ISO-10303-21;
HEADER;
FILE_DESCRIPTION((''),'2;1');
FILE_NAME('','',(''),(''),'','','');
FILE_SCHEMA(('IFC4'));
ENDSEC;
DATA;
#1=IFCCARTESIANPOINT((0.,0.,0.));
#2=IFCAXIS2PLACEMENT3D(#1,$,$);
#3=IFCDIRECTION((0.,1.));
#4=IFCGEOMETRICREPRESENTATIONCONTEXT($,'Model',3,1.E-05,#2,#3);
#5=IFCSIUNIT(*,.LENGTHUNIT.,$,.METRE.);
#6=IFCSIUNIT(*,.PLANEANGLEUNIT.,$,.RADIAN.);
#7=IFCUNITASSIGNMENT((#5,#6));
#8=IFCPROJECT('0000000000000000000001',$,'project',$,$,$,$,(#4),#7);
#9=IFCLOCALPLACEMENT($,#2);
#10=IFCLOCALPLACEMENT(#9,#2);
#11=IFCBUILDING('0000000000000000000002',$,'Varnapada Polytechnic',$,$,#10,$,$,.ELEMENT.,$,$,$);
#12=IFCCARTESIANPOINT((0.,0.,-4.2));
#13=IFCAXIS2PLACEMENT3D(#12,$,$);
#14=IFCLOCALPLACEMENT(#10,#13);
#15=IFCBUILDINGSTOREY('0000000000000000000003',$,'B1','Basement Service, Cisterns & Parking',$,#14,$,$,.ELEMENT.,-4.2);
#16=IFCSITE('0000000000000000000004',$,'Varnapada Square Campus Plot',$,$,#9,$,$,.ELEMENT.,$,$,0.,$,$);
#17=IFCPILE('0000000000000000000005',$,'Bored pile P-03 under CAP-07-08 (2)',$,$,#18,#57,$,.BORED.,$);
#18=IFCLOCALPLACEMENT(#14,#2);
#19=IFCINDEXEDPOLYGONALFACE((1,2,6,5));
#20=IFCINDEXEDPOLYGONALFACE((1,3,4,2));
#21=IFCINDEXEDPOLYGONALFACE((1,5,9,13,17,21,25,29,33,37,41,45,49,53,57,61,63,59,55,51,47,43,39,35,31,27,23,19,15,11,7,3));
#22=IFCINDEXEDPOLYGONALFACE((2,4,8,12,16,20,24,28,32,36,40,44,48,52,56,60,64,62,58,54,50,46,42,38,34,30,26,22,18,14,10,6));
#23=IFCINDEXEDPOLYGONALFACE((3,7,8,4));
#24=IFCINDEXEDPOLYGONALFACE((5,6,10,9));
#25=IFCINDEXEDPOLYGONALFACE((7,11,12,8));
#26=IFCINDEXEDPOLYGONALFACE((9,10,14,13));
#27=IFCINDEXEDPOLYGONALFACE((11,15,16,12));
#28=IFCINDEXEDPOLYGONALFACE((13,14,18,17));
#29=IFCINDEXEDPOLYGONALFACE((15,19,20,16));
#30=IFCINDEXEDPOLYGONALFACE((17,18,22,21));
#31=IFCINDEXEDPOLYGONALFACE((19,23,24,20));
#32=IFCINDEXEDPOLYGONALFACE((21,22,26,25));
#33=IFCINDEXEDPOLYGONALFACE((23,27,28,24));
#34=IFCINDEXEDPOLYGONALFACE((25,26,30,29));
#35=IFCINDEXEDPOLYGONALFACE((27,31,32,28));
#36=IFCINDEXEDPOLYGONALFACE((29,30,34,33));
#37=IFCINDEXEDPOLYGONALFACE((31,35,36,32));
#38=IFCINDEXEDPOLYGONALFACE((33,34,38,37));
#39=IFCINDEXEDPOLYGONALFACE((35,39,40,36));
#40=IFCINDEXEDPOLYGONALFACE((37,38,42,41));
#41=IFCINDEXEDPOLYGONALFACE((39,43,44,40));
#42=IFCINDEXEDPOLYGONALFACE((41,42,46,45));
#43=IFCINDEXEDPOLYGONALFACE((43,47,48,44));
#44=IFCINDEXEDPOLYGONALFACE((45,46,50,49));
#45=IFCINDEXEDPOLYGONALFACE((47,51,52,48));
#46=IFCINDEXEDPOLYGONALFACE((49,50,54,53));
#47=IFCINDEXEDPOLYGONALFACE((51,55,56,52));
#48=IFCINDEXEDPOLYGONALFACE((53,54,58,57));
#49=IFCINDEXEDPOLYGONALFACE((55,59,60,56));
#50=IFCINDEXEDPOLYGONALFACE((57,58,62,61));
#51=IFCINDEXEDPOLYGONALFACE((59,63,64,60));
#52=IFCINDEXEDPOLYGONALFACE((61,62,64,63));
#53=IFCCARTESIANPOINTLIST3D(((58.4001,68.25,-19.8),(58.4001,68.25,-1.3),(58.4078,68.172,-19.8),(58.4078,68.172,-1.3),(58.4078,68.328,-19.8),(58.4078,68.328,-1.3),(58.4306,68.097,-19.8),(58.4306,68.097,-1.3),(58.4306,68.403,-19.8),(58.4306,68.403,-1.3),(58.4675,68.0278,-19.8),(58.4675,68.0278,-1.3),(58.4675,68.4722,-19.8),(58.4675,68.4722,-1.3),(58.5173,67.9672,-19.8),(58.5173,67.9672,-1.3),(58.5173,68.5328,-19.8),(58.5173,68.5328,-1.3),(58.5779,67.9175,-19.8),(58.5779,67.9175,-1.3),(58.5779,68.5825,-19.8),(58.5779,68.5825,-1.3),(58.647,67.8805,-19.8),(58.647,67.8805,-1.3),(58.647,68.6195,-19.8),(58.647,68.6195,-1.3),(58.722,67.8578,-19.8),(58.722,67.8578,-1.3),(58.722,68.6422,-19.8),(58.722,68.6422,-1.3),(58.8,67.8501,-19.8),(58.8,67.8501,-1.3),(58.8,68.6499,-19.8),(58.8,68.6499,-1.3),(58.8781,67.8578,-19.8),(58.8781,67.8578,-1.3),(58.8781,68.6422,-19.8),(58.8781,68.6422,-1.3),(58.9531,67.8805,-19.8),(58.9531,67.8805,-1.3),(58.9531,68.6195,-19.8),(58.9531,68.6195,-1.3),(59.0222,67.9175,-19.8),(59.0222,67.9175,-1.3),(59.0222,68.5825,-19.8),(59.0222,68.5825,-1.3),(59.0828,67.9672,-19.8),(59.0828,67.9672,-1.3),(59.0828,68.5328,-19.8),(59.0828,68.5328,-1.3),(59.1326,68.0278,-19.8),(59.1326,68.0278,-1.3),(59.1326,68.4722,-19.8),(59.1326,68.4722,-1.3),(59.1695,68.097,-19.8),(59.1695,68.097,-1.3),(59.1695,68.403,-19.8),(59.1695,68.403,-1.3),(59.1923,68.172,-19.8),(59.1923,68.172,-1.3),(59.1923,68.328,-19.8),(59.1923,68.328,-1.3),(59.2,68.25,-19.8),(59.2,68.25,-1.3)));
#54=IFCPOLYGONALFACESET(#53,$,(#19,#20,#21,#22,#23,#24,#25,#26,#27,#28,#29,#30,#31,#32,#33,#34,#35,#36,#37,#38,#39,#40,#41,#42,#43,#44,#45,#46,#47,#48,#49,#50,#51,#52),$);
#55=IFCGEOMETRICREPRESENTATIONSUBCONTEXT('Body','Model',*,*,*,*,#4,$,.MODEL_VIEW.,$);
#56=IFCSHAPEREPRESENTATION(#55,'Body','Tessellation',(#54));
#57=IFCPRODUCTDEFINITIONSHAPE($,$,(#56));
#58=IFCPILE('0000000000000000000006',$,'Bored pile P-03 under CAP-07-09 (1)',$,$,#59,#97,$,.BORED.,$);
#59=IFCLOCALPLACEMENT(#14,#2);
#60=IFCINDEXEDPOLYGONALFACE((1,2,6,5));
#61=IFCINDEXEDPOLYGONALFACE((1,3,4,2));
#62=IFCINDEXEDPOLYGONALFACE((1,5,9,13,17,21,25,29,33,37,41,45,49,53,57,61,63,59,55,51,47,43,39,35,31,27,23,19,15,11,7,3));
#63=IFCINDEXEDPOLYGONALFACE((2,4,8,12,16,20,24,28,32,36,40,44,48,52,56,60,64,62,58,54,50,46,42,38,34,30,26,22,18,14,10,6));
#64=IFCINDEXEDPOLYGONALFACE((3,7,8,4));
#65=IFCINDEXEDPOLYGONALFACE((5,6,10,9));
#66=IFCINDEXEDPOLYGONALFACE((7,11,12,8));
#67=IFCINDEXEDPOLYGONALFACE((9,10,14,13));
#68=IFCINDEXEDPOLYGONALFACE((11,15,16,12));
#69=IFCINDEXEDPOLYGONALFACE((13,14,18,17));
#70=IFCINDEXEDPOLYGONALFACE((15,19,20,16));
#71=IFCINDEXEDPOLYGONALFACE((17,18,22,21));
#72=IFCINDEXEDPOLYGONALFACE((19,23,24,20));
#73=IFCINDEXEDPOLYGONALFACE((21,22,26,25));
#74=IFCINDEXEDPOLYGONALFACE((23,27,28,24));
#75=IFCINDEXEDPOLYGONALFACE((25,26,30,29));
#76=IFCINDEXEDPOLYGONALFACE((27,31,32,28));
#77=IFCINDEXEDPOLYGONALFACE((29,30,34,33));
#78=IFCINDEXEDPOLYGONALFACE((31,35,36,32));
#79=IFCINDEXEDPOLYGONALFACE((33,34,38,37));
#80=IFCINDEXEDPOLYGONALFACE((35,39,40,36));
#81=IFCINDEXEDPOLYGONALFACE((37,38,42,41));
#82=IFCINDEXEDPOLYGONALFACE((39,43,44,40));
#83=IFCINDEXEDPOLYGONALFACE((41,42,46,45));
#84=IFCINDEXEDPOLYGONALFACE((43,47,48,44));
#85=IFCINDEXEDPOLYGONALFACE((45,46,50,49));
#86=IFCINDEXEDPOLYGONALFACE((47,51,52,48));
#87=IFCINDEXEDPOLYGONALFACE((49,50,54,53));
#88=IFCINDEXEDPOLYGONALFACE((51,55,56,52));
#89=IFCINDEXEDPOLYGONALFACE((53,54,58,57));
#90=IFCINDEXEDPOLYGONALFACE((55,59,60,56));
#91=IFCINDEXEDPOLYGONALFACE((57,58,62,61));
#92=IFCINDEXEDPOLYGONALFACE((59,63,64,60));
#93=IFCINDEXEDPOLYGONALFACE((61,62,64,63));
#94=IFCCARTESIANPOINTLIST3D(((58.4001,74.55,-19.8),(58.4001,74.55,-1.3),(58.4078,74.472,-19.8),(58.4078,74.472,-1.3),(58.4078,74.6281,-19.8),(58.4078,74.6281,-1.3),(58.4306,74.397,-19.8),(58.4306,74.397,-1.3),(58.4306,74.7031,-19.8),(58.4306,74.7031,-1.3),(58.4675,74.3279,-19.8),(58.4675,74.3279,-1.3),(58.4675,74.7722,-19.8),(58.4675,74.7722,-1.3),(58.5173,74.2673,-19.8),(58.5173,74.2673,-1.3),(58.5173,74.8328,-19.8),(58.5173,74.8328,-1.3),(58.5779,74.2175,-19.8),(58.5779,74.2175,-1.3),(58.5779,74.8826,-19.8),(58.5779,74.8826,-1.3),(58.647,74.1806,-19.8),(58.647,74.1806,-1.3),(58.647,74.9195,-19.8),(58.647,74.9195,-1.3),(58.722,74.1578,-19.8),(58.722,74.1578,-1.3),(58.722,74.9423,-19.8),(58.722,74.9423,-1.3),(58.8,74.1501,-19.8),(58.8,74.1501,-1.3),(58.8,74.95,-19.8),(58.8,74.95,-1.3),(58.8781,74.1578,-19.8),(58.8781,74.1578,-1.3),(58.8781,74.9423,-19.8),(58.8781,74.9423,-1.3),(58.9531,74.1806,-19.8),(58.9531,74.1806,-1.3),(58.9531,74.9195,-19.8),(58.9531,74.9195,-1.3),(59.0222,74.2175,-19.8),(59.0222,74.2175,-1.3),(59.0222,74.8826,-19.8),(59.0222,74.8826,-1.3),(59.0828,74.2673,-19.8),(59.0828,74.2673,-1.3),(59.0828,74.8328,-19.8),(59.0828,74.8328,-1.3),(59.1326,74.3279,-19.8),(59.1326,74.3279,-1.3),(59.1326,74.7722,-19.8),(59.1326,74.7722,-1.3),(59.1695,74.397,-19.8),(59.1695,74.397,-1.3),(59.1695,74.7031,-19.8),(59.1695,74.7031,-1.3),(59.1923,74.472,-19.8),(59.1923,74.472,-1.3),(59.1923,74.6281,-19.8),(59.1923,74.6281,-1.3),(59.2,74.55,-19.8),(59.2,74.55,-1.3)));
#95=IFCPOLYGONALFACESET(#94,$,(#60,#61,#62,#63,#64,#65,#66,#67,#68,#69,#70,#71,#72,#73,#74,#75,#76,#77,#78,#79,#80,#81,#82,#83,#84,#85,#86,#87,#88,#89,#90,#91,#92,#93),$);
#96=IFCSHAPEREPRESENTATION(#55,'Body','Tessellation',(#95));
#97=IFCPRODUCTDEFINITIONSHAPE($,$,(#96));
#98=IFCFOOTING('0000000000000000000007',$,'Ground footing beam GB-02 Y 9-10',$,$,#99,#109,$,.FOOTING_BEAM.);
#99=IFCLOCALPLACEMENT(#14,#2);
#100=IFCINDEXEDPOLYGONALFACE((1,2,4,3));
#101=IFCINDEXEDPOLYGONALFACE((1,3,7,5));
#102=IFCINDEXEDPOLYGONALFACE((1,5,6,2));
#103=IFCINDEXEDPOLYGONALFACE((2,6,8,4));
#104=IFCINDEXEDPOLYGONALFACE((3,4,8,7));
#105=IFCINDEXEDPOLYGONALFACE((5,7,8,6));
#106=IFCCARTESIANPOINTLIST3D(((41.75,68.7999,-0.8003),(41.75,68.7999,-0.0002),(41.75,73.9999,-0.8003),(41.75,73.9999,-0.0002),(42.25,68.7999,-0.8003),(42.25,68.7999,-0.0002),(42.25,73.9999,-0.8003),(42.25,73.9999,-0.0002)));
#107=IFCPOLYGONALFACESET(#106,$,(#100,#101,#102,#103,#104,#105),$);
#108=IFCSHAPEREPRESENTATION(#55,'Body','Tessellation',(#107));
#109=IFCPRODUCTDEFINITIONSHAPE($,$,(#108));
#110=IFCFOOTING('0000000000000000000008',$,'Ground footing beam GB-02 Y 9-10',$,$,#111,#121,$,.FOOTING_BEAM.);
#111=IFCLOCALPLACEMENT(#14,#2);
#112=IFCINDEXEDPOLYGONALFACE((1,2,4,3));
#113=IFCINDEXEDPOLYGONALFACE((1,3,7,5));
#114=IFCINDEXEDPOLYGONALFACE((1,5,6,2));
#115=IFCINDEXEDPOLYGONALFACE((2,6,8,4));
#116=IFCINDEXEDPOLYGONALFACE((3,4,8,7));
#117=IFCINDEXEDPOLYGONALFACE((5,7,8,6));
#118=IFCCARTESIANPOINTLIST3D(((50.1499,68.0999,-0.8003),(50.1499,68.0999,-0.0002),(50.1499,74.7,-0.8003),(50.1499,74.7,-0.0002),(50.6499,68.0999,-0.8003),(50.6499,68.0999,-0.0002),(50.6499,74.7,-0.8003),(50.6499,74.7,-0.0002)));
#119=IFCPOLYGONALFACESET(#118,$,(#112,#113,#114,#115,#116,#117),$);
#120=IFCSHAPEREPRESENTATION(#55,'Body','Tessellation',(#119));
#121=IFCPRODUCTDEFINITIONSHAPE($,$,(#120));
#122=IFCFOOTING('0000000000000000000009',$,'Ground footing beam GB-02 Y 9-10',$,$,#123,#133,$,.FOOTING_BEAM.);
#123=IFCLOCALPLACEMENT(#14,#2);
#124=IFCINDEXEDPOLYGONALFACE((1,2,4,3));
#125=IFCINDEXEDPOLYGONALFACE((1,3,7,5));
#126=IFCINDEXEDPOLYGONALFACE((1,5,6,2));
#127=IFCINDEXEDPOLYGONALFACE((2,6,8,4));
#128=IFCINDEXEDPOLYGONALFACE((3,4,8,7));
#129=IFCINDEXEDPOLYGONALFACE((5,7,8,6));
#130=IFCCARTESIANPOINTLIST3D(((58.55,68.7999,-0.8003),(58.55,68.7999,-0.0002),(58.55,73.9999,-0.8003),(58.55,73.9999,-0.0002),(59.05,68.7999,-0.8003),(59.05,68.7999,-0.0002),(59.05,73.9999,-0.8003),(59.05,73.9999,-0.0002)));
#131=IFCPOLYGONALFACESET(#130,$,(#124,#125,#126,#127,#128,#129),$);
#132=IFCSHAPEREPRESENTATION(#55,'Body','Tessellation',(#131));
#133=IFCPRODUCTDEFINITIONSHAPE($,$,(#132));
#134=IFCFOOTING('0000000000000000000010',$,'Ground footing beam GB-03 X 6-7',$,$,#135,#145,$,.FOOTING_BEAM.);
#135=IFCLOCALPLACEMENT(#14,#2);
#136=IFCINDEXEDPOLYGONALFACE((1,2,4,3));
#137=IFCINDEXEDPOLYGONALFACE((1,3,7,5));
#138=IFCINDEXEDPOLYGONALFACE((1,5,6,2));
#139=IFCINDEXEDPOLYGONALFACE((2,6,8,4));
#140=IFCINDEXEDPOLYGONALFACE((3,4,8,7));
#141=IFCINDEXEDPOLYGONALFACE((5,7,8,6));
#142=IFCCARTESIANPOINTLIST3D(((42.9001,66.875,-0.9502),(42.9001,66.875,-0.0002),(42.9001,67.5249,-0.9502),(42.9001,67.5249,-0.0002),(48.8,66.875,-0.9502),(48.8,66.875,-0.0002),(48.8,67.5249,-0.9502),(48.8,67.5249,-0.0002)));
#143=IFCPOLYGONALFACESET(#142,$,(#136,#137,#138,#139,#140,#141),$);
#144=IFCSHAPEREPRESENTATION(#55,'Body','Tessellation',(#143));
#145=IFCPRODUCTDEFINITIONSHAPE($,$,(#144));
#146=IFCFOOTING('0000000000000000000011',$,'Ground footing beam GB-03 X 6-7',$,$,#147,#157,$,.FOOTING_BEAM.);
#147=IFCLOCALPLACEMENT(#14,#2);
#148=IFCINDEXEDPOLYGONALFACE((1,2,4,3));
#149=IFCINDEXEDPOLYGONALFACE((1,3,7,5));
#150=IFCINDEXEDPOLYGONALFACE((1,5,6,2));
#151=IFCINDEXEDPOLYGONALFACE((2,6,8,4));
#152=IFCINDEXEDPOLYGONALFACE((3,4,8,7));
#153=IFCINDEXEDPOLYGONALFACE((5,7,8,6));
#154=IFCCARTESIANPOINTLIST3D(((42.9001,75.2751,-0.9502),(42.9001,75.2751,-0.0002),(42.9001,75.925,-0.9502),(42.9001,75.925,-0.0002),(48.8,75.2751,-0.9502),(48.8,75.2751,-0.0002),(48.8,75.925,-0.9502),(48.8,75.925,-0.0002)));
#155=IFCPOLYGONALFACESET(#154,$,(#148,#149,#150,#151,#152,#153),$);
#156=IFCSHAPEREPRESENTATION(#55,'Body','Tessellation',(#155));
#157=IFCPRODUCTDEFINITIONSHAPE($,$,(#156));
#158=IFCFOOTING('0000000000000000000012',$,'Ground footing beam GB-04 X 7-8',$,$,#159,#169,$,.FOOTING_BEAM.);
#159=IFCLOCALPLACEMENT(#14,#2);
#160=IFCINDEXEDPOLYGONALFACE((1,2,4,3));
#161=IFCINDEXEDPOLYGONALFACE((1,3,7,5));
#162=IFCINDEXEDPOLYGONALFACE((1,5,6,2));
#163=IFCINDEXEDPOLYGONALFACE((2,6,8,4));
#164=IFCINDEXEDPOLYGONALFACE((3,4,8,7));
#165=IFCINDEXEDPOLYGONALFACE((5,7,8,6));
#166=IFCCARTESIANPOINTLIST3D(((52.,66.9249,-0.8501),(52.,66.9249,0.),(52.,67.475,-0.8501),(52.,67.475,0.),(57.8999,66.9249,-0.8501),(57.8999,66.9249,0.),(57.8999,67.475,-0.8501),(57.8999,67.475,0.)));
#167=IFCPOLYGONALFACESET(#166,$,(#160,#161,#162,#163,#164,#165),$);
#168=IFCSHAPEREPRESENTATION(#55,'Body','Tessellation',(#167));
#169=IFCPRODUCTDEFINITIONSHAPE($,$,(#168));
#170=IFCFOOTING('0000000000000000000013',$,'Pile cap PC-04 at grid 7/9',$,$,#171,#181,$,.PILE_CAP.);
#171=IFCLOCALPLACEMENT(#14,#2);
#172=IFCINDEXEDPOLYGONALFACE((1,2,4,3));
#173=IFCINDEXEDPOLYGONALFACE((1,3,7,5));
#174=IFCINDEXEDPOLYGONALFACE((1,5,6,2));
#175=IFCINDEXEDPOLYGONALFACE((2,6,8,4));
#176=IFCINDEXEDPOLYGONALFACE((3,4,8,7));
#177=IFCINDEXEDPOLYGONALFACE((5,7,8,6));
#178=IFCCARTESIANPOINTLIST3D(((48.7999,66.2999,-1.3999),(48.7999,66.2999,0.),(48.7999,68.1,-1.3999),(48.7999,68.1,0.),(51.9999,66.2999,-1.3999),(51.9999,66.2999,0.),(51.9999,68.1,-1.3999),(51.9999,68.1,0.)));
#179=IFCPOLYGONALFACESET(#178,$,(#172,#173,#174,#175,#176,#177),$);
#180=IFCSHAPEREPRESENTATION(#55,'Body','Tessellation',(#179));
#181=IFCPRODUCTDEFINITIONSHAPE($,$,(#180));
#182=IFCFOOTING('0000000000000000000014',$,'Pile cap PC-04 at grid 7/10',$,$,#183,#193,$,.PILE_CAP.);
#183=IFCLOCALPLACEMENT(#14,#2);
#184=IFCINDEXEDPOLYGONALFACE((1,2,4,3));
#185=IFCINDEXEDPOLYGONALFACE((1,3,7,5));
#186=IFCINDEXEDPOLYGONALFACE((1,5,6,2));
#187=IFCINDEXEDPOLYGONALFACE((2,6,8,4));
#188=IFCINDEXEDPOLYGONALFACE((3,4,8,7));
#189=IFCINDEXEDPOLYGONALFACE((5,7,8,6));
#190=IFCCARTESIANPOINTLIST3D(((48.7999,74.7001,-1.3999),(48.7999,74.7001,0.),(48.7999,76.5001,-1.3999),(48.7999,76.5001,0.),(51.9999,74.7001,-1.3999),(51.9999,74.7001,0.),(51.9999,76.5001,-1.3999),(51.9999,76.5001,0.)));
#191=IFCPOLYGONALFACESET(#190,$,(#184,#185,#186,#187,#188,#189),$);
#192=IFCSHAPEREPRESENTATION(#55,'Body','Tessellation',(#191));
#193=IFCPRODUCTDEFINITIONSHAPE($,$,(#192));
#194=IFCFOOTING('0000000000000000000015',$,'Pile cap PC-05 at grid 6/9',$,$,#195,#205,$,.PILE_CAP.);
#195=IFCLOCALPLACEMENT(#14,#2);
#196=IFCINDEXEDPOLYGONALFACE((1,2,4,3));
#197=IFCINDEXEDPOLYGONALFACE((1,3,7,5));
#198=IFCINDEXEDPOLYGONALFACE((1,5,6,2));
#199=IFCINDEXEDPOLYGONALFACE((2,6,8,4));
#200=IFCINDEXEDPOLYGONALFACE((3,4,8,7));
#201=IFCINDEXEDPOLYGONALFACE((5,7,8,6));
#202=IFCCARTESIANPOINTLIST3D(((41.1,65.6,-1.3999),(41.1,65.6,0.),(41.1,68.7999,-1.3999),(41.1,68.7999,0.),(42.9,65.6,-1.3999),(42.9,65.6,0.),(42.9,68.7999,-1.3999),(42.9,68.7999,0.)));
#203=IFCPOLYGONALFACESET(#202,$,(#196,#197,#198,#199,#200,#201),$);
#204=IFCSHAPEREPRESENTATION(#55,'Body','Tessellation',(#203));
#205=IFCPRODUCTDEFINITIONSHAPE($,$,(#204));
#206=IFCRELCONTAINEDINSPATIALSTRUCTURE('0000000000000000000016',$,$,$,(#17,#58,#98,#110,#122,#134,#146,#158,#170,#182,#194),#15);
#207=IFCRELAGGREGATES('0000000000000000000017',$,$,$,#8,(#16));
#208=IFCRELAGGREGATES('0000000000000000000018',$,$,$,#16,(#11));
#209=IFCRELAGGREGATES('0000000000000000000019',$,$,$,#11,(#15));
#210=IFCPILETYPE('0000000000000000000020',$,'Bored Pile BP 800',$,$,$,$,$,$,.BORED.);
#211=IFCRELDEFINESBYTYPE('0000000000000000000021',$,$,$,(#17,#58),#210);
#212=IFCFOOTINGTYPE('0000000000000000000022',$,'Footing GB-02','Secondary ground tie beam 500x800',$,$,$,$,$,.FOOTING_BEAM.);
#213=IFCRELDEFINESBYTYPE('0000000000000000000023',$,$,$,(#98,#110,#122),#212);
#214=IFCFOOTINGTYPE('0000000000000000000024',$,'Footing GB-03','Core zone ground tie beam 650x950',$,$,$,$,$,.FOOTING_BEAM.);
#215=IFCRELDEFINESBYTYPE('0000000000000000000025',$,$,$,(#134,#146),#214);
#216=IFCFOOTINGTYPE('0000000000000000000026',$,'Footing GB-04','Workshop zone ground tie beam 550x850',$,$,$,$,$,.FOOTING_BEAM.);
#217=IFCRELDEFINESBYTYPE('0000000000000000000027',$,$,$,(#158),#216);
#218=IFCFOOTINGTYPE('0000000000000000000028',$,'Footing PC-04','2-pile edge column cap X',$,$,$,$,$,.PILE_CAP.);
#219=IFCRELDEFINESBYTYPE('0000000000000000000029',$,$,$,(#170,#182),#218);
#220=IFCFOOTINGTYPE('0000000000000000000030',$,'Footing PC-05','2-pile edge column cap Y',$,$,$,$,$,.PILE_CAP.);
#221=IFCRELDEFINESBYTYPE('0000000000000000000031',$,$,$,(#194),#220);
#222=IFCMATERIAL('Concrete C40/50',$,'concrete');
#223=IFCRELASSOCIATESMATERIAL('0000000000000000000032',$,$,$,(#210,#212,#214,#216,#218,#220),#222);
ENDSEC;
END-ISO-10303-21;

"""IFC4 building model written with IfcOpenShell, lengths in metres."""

from ifc_helpers import new_model, si_unit, direction, frame, origin, origin_2d, place, context, subcontext, project, spatial, rectangle, circle, extrude, material, material_profile, profile_set, type_object, element, save


model = new_model("IFC4")

# Units and contexts
model_context = context("Model", 3, precision=1e-05, world=origin(), true_north=direction((0.0, 1.0)))
body_context = subcontext(model_context, "Body", "Model", "MODEL_VIEW")
ifc_project = project(units=[si_unit("LENGTHUNIT", "METRE"), si_unit("PLANEANGLEUNIT", "RADIAN")], contexts=[model_context])

# Site, building, storey
site_placement = place(None, origin())
site = spatial("IfcSite", under=ifc_project, at=site_placement, Name="Varnapada Square Campus Plot", CompositionType="ELEMENT", RefElevation=0.0)
building_placement = place(site_placement, origin())
building = spatial("IfcBuilding", under=site, at=building_placement, Name="Varnapada Polytechnic", CompositionType="ELEMENT")
storey_placement = place(building_placement, frame((0.0, 0.0, -4.2)))
storey = spatial("IfcBuildingStorey", under=building, at=storey_placement, Name="B1", Description="Basement Service, Cisterns & Parking", CompositionType="ELEMENT", Elevation=-4.2)

# Piles
ifc_material = material(Name="Concrete C40/50", Category="concrete")
ifc_material_profile_1 = material_profile(ifc_material, circle(Radius=0.3999, at=origin_2d()), Name="BP 800")
ifc_profile_set_1 = profile_set([ifc_material_profile_1], Name="Concrete C40/50")
pile_type = type_object("IfcPileType", Name="Bored Pile BP 800", PredefinedType="BORED", material=ifc_profile_set_1)
for number, where, z_axis, x_axis, name in (
    (1, (58.8, 68.25, -1.3), (0.0, 0.0, -1.0), (1.0, 0.0, 0.0), "Bored pile P-03 under CAP-07-08 (2)"),
    (2, (58.8, 74.55, -1.3), (0.0, 0.0, -1.0), (1.0, 0.0, 0.0), "Bored pile P-03 under CAP-07-09 (1)"),
):
    element("IfcPile", number, at=place(storey_placement, frame(where, z_axis=z_axis, x_axis=x_axis)), inside=storey, type_object=pile_type, Name=name, PredefinedType="BORED", context=body_context, shape_type="SweptSolid", body=[
        extrude(circle(Radius=0.3999, at=origin_2d()), origin(), (0.0, 0.0, 1.0), 18.5),
    ])

# Footings
footing_type_1 = type_object("IfcFootingType", Name="Footing GB-02", Description="Secondary ground tie beam 500x800", PredefinedType="FOOTING_BEAM", material=ifc_material)
footing_1_placement = place(storey_placement, frame((42.0, 71.3999, -0.8003), z_axis=(0.0, 0.0, 1.0), x_axis=(0.0, 1.0, 0.0)))
element("IfcFooting", 3, at=footing_1_placement, inside=storey, type_object=footing_type_1, Name="Ground footing beam GB-02 Y 9-10", PredefinedType="FOOTING_BEAM", context=body_context, shape_type="SweptSolid", body=[
    extrude(rectangle(XDim=5.2, YDim=0.5, at=origin_2d()), origin(), (0.0, 0.0, 1.0), 0.8),
])
footing_2_placement = place(storey_placement, frame((50.3999, 71.3999, -0.8003), z_axis=(0.0, 0.0, 1.0), x_axis=(0.0, 1.0, 0.0)))
element("IfcFooting", 4, at=footing_2_placement, inside=storey, type_object=footing_type_1, Name="Ground footing beam GB-02 Y 9-10", PredefinedType="FOOTING_BEAM", context=body_context, shape_type="SweptSolid", body=[
    extrude(rectangle(XDim=6.6001, YDim=0.5, at=origin_2d()), origin(), (0.0, 0.0, 1.0), 0.8),
])
footing_3_placement = place(storey_placement, frame((58.8, 71.3999, -0.8003), z_axis=(0.0, 0.0, 1.0), x_axis=(0.0, 1.0, 0.0)))
element("IfcFooting", 5, at=footing_3_placement, inside=storey, type_object=footing_type_1, Name="Ground footing beam GB-02 Y 9-10", PredefinedType="FOOTING_BEAM", context=body_context, shape_type="SweptSolid", body=[
    extrude(rectangle(XDim=5.2, YDim=0.5, at=origin_2d()), origin(), (0.0, 0.0, 1.0), 0.8),
])
footing_type_2 = type_object("IfcFootingType", Name="Footing GB-03", Description="Core zone ground tie beam 650x950", PredefinedType="FOOTING_BEAM", material=ifc_material)
for number, where, z_axis, x_axis, name in (
    (6, (45.8501, 67.2, -0.9502), (0.0, 0.0, 1.0), (1.0, 0.0, 0.0), "Ground footing beam GB-03 X 6-7"),
    (7, (45.8501, 75.6001, -0.9502), (0.0, 0.0, 1.0), (1.0, 0.0, 0.0), "Ground footing beam GB-03 X 6-7"),
):
    element("IfcFooting", number, at=place(storey_placement, frame(where, z_axis=z_axis, x_axis=x_axis)), inside=storey, type_object=footing_type_2, Name=name, PredefinedType="FOOTING_BEAM", context=body_context, shape_type="SweptSolid", body=[
        extrude(rectangle(XDim=5.8999, YDim=0.6499, at=origin_2d()), origin(), (0.0, 0.0, 1.0), 0.95),
    ])
footing_type_3 = type_object("IfcFootingType", Name="Footing GB-04", Description="Workshop zone ground tie beam 550x850", PredefinedType="FOOTING_BEAM", material=ifc_material)
footing_4_placement = place(storey_placement, frame((54.95, 67.2, -0.8501), z_axis=(0.0, 0.0, 1.0), x_axis=(1.0, 0.0, 0.0)))
element("IfcFooting", 8, at=footing_4_placement, inside=storey, type_object=footing_type_3, Name="Ground footing beam GB-04 X 7-8", PredefinedType="FOOTING_BEAM", context=body_context, shape_type="SweptSolid", body=[
    extrude(rectangle(XDim=5.8999, YDim=0.55, at=origin_2d()), origin(), (0.0, 0.0, 1.0), 0.8501),
])
footing_type_4 = type_object("IfcFootingType", Name="Footing PC-04", Description="2-pile edge column cap X", PredefinedType="PILE_CAP", material=ifc_material)
for number, where, z_axis, x_axis, name in (
    (9, (50.3999, 67.2, -1.3999), (0.0, 0.0, 1.0), (1.0, 0.0, 0.0), "Pile cap PC-04 at grid 7/9"),
    (10, (50.3999, 75.6001, -1.3999), (0.0, 0.0, 1.0), (1.0, 0.0, 0.0), "Pile cap PC-04 at grid 7/10"),
):
    element("IfcFooting", number, at=place(storey_placement, frame(where, z_axis=z_axis, x_axis=x_axis)), inside=storey, type_object=footing_type_4, Name=name, PredefinedType="PILE_CAP", context=body_context, shape_type="SweptSolid", body=[
        extrude(rectangle(XDim=3.2, YDim=1.8, at=origin_2d()), origin(), (0.0, 0.0, 1.0), 1.3999),
    ])
footing_type_5 = type_object("IfcFootingType", Name="Footing PC-05", Description="2-pile edge column cap Y", PredefinedType="PILE_CAP", material=ifc_material)
for number, where, z_axis, x_axis, name in (
    (11, (42.0, 67.2, -1.3999), (0.0, 0.0, 1.0), (1.0, 0.0, 0.0), "Pile cap PC-05 at grid 6/9"),
):
    element("IfcFooting", number, at=place(storey_placement, frame(where, z_axis=z_axis, x_axis=x_axis)), inside=storey, type_object=footing_type_5, Name=name, PredefinedType="PILE_CAP", context=body_context, shape_type="SweptSolid", body=[
        extrude(rectangle(XDim=1.8, YDim=3.2, at=origin_2d()), origin(), (0.0, 0.0, 1.0), 1.3999),
    ])

save(model, "model.ifc")
